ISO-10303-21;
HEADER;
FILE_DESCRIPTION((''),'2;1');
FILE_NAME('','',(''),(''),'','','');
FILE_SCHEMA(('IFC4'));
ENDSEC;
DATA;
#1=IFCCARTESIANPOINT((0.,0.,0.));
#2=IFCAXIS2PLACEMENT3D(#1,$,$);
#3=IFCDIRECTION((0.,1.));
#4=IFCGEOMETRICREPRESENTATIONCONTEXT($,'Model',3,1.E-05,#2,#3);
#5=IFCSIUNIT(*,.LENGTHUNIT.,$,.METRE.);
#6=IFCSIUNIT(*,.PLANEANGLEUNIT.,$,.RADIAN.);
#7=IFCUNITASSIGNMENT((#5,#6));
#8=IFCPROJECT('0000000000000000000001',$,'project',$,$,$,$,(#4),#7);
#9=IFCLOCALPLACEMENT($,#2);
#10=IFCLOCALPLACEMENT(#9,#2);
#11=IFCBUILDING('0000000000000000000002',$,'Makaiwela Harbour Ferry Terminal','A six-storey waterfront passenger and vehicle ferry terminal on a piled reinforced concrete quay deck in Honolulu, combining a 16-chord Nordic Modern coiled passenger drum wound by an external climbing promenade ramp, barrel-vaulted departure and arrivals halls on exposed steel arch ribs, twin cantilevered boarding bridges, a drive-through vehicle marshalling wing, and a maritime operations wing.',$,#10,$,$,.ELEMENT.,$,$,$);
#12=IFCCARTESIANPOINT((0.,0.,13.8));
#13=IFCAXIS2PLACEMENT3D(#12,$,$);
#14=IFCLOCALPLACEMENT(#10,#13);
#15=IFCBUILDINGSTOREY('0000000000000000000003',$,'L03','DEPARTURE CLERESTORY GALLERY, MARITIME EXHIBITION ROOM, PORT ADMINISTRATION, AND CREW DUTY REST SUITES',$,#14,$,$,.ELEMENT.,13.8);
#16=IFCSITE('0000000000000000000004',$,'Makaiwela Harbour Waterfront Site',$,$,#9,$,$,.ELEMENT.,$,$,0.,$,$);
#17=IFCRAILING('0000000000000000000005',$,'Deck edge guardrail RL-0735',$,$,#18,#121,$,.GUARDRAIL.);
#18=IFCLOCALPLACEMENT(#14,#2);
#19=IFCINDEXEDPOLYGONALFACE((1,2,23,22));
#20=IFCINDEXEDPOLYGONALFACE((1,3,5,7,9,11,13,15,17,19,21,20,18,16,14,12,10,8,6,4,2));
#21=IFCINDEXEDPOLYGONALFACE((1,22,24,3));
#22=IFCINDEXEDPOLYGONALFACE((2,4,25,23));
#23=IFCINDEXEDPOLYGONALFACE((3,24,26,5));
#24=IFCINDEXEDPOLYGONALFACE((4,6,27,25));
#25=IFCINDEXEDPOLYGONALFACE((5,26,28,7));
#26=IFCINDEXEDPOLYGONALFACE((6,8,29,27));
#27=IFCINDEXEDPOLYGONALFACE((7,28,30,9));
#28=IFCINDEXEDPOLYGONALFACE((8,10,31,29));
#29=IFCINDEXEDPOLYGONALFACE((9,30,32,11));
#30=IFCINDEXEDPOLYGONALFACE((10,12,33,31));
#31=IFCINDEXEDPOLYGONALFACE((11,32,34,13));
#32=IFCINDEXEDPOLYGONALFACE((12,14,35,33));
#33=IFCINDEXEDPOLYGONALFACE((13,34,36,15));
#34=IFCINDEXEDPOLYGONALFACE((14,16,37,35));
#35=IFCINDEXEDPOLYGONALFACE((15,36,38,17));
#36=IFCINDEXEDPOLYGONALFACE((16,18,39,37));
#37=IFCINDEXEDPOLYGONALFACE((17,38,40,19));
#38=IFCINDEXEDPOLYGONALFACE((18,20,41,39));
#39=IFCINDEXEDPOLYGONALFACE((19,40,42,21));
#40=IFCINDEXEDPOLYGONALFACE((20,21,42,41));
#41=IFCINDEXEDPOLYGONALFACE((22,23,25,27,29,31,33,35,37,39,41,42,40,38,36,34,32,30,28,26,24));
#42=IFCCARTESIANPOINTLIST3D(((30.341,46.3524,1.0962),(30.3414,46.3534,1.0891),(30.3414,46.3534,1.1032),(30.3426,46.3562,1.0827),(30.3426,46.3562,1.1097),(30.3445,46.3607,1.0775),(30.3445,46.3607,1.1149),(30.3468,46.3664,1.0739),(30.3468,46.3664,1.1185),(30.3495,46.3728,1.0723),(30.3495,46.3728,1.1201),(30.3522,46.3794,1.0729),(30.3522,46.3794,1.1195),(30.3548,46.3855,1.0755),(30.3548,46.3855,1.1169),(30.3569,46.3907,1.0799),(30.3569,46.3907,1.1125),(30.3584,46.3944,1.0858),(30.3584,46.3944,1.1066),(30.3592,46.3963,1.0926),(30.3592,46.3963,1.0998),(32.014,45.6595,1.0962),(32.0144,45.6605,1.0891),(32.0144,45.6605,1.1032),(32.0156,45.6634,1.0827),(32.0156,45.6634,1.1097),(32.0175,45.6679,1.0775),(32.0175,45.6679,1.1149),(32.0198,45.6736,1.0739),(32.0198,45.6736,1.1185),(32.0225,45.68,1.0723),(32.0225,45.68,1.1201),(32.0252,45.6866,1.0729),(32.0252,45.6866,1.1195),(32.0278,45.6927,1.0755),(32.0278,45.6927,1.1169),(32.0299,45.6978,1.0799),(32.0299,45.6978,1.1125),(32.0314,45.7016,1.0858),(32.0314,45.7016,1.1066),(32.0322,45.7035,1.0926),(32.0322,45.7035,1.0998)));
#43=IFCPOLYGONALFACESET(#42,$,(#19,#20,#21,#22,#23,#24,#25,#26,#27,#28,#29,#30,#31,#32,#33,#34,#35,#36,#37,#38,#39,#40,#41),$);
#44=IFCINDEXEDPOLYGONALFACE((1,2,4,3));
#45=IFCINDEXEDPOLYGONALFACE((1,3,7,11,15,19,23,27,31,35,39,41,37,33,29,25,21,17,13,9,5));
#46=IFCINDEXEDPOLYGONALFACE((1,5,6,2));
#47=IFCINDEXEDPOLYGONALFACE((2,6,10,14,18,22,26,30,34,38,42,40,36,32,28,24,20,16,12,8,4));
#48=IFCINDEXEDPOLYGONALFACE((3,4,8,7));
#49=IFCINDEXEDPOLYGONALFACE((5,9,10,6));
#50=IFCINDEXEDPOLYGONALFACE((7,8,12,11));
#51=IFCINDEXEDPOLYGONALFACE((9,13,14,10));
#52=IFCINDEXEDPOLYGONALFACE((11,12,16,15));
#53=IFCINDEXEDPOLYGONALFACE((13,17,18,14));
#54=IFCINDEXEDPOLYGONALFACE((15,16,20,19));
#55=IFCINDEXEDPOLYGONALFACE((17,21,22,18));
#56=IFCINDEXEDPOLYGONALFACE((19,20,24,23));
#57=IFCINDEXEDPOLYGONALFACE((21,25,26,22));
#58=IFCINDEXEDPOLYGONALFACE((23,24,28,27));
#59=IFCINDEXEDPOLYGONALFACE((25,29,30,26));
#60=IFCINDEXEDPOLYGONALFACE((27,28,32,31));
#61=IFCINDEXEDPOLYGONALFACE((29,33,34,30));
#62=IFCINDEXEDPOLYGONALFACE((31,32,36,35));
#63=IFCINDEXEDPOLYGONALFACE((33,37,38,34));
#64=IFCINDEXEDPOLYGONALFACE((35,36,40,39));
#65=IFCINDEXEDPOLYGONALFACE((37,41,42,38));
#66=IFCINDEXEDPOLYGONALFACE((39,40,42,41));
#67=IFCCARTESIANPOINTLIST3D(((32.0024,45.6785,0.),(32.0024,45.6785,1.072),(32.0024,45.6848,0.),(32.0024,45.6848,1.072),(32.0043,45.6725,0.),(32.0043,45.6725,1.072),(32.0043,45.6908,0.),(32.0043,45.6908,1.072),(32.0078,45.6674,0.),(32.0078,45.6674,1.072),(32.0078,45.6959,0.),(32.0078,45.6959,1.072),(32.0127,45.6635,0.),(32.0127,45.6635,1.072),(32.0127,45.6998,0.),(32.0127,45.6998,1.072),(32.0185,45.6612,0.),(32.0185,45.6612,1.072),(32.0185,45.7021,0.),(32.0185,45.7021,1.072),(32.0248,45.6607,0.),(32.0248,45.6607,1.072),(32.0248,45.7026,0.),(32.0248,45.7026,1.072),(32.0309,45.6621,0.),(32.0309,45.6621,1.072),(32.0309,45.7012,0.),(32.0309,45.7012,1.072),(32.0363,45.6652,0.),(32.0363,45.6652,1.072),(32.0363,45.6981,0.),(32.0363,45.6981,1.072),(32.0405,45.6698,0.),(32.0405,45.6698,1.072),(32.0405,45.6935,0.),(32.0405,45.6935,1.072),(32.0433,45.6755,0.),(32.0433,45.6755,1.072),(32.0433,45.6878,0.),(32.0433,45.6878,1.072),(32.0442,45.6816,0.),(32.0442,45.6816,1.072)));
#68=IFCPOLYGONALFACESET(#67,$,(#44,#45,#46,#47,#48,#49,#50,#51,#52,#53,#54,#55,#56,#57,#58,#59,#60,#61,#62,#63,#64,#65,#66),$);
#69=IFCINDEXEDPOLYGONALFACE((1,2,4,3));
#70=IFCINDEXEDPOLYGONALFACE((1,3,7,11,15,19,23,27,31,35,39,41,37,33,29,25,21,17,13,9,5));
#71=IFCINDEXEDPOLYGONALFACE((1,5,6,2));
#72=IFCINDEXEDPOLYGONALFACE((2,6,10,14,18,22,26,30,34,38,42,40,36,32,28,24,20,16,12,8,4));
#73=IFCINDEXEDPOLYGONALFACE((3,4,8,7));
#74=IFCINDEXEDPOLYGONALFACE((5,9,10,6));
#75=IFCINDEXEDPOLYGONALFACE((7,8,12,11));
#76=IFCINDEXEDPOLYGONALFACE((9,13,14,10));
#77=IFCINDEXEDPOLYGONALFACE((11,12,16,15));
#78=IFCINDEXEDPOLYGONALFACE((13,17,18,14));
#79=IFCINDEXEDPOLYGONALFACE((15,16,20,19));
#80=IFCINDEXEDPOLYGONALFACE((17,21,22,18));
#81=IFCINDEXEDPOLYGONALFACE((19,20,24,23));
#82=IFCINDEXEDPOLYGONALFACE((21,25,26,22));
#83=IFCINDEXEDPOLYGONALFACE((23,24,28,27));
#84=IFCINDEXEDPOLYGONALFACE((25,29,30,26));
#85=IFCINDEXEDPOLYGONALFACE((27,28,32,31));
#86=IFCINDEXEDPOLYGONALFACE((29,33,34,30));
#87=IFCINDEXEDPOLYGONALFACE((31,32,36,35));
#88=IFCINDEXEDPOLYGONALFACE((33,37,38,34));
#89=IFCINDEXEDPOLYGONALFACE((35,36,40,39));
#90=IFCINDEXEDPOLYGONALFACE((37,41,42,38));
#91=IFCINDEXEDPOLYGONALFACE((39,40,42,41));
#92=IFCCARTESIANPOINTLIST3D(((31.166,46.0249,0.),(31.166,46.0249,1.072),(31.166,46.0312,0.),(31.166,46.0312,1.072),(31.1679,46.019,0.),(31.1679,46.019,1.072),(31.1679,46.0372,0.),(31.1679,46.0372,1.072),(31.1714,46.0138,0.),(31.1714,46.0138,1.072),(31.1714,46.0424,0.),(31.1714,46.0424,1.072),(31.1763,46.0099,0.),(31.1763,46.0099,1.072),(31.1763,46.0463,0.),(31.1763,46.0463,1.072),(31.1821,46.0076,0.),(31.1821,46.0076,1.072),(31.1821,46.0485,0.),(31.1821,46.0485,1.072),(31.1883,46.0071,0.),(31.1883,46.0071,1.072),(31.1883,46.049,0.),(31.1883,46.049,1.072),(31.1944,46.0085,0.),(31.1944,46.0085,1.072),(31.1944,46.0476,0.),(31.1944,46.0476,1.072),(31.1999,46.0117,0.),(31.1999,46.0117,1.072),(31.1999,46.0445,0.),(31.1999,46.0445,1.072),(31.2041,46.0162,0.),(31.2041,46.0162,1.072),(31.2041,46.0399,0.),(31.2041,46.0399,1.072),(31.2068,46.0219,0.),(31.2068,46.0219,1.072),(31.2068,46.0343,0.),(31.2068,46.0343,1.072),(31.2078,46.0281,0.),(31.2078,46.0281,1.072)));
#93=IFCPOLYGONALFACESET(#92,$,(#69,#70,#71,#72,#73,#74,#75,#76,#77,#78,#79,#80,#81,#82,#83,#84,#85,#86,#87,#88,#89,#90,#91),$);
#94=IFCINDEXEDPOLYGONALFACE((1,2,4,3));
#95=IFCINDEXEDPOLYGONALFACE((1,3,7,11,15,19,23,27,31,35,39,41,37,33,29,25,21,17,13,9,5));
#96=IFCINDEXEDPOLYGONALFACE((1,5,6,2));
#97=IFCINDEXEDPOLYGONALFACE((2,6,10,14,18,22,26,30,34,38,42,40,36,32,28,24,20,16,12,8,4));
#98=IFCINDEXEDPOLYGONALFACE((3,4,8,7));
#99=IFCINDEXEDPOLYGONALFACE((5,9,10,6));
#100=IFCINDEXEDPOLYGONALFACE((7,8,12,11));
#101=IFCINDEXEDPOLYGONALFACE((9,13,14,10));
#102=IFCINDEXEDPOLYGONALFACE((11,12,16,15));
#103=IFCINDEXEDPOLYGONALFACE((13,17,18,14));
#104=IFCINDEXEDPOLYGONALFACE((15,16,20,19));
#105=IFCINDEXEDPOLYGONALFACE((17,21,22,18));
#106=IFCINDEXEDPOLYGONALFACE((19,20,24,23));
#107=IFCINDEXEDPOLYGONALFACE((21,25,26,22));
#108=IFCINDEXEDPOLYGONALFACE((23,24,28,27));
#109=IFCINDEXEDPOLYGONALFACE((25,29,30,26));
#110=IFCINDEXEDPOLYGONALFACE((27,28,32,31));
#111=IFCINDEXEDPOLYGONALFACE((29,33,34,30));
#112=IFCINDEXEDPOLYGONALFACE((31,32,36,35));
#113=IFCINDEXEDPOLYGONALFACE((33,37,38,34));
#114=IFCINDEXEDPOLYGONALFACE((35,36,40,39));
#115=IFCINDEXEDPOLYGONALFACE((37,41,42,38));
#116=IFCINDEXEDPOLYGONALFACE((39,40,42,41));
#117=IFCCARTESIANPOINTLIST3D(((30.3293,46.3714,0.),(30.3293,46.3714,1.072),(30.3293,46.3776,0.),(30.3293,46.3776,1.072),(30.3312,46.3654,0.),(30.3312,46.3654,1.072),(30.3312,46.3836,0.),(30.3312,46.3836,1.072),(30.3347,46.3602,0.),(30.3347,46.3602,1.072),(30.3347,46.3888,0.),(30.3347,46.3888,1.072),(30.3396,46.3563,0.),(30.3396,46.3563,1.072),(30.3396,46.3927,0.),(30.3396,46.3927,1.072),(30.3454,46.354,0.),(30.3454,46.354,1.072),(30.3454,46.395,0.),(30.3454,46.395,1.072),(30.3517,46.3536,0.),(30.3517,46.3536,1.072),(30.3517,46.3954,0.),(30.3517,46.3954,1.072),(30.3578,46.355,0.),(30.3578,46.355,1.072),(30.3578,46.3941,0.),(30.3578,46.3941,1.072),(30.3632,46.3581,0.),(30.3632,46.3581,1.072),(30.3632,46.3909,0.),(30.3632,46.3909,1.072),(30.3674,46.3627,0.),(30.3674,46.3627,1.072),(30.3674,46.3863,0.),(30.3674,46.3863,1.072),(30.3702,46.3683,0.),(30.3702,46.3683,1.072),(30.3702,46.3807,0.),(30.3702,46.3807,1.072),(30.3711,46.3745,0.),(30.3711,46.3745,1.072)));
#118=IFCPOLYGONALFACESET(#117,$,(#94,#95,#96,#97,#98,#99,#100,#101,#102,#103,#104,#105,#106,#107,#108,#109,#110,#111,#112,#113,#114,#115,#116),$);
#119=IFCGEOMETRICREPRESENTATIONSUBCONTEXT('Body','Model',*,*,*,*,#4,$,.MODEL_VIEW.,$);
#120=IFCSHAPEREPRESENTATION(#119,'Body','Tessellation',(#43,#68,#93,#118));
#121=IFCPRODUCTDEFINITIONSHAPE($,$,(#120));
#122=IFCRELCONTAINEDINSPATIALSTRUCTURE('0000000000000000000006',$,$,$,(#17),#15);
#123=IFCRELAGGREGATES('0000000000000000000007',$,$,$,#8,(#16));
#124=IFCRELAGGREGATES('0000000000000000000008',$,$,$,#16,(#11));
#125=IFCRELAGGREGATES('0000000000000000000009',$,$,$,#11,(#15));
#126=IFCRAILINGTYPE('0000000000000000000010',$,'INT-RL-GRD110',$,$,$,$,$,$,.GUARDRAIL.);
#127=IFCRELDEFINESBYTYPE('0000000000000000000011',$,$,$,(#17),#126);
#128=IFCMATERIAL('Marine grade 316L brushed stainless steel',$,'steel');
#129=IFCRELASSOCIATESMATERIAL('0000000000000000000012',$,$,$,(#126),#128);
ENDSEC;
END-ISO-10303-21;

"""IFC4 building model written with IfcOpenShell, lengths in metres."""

from ifc_helpers import new_model, si_unit, direction, frame, origin, origin_2d, place, context, subcontext, project, spatial, circle, extrude, material, type_object, element, save


model = new_model("IFC4")

# Units and contexts
model_context = context("Model", 3, precision=1e-05, world=origin(), true_north=direction((0.0, 1.0)))
body_context = subcontext(model_context, "Body", "Model", "MODEL_VIEW")
ifc_project = project(units=[si_unit("LENGTHUNIT", "METRE"), si_unit("PLANEANGLEUNIT", "RADIAN")], contexts=[model_context])

# Site, building, storey
site_placement = place(None, origin())
site = spatial("IfcSite", under=ifc_project, at=site_placement, Name="Makaiwela Harbour Waterfront Site", CompositionType="ELEMENT", RefElevation=0.0)
building_placement = place(site_placement, origin())
building = spatial("IfcBuilding", under=site, at=building_placement, Name="Makaiwela Harbour Ferry Terminal", Description="A six-storey waterfront passenger and vehicle ferry terminal on a piled reinforced concrete quay deck in Honolulu, combining a 16-chord Nordic Modern coiled passenger drum wound by an external climbing promenade ramp, barrel-vaulted departure and arrivals halls on exposed steel arch ribs, twin cantilevered boarding bridges, a drive-through vehicle marshalling wing, and a maritime operations wing.", CompositionType="ELEMENT")
storey_placement = place(building_placement, frame((0.0, 0.0, 13.8)))
storey = spatial("IfcBuildingStorey", under=building, at=storey_placement, Name="L03", Description="DEPARTURE CLERESTORY GALLERY, MARITIME EXHIBITION ROOM, PORT ADMINISTRATION, AND CREW DUTY REST SUITES", CompositionType="ELEMENT", Elevation=13.8)

# Railing
ifc_material_1 = material(Name="Marine grade 316L brushed stainless steel", Category="steel")
railing_type = type_object("IfcRailingType", Name="INT-RL-GRD110", PredefinedType="GUARDRAIL", material=ifc_material_1)
railing_placement = place(storey_placement, frame((32.0232, 45.6816, 0.0)))
element("IfcRailing", 1, at=railing_placement, inside=storey, type_object=railing_type, Name="Deck edge guardrail RL-0735", PredefinedType="GUARDRAIL", context=body_context, shape_type="SweptSolid", body=[
    extrude(circle(Radius=0.0239, at=origin_2d()), frame((0.0, 0.0, 1.0962), z_axis=(-0.923908, 0.382614, 0.0), x_axis=(-0.382614, -0.923908, 0.0)), (0.0, 0.0, 1.0), 1.8108),
    extrude(circle(Radius=0.021, at=origin_2d()), origin(), (0.0, 0.0, 1.0), 1.072),
    extrude(circle(Radius=0.021, at=origin_2d()), frame((-0.8364, 0.3464, 0.0)), (0.0, 0.0, 1.0), 1.072),
    extrude(circle(Radius=0.021, at=origin_2d()), frame((-1.6731, 0.6929, 0.0)), (0.0, 0.0, 1.0), 1.072),
])

save(model, "model.ifc")
